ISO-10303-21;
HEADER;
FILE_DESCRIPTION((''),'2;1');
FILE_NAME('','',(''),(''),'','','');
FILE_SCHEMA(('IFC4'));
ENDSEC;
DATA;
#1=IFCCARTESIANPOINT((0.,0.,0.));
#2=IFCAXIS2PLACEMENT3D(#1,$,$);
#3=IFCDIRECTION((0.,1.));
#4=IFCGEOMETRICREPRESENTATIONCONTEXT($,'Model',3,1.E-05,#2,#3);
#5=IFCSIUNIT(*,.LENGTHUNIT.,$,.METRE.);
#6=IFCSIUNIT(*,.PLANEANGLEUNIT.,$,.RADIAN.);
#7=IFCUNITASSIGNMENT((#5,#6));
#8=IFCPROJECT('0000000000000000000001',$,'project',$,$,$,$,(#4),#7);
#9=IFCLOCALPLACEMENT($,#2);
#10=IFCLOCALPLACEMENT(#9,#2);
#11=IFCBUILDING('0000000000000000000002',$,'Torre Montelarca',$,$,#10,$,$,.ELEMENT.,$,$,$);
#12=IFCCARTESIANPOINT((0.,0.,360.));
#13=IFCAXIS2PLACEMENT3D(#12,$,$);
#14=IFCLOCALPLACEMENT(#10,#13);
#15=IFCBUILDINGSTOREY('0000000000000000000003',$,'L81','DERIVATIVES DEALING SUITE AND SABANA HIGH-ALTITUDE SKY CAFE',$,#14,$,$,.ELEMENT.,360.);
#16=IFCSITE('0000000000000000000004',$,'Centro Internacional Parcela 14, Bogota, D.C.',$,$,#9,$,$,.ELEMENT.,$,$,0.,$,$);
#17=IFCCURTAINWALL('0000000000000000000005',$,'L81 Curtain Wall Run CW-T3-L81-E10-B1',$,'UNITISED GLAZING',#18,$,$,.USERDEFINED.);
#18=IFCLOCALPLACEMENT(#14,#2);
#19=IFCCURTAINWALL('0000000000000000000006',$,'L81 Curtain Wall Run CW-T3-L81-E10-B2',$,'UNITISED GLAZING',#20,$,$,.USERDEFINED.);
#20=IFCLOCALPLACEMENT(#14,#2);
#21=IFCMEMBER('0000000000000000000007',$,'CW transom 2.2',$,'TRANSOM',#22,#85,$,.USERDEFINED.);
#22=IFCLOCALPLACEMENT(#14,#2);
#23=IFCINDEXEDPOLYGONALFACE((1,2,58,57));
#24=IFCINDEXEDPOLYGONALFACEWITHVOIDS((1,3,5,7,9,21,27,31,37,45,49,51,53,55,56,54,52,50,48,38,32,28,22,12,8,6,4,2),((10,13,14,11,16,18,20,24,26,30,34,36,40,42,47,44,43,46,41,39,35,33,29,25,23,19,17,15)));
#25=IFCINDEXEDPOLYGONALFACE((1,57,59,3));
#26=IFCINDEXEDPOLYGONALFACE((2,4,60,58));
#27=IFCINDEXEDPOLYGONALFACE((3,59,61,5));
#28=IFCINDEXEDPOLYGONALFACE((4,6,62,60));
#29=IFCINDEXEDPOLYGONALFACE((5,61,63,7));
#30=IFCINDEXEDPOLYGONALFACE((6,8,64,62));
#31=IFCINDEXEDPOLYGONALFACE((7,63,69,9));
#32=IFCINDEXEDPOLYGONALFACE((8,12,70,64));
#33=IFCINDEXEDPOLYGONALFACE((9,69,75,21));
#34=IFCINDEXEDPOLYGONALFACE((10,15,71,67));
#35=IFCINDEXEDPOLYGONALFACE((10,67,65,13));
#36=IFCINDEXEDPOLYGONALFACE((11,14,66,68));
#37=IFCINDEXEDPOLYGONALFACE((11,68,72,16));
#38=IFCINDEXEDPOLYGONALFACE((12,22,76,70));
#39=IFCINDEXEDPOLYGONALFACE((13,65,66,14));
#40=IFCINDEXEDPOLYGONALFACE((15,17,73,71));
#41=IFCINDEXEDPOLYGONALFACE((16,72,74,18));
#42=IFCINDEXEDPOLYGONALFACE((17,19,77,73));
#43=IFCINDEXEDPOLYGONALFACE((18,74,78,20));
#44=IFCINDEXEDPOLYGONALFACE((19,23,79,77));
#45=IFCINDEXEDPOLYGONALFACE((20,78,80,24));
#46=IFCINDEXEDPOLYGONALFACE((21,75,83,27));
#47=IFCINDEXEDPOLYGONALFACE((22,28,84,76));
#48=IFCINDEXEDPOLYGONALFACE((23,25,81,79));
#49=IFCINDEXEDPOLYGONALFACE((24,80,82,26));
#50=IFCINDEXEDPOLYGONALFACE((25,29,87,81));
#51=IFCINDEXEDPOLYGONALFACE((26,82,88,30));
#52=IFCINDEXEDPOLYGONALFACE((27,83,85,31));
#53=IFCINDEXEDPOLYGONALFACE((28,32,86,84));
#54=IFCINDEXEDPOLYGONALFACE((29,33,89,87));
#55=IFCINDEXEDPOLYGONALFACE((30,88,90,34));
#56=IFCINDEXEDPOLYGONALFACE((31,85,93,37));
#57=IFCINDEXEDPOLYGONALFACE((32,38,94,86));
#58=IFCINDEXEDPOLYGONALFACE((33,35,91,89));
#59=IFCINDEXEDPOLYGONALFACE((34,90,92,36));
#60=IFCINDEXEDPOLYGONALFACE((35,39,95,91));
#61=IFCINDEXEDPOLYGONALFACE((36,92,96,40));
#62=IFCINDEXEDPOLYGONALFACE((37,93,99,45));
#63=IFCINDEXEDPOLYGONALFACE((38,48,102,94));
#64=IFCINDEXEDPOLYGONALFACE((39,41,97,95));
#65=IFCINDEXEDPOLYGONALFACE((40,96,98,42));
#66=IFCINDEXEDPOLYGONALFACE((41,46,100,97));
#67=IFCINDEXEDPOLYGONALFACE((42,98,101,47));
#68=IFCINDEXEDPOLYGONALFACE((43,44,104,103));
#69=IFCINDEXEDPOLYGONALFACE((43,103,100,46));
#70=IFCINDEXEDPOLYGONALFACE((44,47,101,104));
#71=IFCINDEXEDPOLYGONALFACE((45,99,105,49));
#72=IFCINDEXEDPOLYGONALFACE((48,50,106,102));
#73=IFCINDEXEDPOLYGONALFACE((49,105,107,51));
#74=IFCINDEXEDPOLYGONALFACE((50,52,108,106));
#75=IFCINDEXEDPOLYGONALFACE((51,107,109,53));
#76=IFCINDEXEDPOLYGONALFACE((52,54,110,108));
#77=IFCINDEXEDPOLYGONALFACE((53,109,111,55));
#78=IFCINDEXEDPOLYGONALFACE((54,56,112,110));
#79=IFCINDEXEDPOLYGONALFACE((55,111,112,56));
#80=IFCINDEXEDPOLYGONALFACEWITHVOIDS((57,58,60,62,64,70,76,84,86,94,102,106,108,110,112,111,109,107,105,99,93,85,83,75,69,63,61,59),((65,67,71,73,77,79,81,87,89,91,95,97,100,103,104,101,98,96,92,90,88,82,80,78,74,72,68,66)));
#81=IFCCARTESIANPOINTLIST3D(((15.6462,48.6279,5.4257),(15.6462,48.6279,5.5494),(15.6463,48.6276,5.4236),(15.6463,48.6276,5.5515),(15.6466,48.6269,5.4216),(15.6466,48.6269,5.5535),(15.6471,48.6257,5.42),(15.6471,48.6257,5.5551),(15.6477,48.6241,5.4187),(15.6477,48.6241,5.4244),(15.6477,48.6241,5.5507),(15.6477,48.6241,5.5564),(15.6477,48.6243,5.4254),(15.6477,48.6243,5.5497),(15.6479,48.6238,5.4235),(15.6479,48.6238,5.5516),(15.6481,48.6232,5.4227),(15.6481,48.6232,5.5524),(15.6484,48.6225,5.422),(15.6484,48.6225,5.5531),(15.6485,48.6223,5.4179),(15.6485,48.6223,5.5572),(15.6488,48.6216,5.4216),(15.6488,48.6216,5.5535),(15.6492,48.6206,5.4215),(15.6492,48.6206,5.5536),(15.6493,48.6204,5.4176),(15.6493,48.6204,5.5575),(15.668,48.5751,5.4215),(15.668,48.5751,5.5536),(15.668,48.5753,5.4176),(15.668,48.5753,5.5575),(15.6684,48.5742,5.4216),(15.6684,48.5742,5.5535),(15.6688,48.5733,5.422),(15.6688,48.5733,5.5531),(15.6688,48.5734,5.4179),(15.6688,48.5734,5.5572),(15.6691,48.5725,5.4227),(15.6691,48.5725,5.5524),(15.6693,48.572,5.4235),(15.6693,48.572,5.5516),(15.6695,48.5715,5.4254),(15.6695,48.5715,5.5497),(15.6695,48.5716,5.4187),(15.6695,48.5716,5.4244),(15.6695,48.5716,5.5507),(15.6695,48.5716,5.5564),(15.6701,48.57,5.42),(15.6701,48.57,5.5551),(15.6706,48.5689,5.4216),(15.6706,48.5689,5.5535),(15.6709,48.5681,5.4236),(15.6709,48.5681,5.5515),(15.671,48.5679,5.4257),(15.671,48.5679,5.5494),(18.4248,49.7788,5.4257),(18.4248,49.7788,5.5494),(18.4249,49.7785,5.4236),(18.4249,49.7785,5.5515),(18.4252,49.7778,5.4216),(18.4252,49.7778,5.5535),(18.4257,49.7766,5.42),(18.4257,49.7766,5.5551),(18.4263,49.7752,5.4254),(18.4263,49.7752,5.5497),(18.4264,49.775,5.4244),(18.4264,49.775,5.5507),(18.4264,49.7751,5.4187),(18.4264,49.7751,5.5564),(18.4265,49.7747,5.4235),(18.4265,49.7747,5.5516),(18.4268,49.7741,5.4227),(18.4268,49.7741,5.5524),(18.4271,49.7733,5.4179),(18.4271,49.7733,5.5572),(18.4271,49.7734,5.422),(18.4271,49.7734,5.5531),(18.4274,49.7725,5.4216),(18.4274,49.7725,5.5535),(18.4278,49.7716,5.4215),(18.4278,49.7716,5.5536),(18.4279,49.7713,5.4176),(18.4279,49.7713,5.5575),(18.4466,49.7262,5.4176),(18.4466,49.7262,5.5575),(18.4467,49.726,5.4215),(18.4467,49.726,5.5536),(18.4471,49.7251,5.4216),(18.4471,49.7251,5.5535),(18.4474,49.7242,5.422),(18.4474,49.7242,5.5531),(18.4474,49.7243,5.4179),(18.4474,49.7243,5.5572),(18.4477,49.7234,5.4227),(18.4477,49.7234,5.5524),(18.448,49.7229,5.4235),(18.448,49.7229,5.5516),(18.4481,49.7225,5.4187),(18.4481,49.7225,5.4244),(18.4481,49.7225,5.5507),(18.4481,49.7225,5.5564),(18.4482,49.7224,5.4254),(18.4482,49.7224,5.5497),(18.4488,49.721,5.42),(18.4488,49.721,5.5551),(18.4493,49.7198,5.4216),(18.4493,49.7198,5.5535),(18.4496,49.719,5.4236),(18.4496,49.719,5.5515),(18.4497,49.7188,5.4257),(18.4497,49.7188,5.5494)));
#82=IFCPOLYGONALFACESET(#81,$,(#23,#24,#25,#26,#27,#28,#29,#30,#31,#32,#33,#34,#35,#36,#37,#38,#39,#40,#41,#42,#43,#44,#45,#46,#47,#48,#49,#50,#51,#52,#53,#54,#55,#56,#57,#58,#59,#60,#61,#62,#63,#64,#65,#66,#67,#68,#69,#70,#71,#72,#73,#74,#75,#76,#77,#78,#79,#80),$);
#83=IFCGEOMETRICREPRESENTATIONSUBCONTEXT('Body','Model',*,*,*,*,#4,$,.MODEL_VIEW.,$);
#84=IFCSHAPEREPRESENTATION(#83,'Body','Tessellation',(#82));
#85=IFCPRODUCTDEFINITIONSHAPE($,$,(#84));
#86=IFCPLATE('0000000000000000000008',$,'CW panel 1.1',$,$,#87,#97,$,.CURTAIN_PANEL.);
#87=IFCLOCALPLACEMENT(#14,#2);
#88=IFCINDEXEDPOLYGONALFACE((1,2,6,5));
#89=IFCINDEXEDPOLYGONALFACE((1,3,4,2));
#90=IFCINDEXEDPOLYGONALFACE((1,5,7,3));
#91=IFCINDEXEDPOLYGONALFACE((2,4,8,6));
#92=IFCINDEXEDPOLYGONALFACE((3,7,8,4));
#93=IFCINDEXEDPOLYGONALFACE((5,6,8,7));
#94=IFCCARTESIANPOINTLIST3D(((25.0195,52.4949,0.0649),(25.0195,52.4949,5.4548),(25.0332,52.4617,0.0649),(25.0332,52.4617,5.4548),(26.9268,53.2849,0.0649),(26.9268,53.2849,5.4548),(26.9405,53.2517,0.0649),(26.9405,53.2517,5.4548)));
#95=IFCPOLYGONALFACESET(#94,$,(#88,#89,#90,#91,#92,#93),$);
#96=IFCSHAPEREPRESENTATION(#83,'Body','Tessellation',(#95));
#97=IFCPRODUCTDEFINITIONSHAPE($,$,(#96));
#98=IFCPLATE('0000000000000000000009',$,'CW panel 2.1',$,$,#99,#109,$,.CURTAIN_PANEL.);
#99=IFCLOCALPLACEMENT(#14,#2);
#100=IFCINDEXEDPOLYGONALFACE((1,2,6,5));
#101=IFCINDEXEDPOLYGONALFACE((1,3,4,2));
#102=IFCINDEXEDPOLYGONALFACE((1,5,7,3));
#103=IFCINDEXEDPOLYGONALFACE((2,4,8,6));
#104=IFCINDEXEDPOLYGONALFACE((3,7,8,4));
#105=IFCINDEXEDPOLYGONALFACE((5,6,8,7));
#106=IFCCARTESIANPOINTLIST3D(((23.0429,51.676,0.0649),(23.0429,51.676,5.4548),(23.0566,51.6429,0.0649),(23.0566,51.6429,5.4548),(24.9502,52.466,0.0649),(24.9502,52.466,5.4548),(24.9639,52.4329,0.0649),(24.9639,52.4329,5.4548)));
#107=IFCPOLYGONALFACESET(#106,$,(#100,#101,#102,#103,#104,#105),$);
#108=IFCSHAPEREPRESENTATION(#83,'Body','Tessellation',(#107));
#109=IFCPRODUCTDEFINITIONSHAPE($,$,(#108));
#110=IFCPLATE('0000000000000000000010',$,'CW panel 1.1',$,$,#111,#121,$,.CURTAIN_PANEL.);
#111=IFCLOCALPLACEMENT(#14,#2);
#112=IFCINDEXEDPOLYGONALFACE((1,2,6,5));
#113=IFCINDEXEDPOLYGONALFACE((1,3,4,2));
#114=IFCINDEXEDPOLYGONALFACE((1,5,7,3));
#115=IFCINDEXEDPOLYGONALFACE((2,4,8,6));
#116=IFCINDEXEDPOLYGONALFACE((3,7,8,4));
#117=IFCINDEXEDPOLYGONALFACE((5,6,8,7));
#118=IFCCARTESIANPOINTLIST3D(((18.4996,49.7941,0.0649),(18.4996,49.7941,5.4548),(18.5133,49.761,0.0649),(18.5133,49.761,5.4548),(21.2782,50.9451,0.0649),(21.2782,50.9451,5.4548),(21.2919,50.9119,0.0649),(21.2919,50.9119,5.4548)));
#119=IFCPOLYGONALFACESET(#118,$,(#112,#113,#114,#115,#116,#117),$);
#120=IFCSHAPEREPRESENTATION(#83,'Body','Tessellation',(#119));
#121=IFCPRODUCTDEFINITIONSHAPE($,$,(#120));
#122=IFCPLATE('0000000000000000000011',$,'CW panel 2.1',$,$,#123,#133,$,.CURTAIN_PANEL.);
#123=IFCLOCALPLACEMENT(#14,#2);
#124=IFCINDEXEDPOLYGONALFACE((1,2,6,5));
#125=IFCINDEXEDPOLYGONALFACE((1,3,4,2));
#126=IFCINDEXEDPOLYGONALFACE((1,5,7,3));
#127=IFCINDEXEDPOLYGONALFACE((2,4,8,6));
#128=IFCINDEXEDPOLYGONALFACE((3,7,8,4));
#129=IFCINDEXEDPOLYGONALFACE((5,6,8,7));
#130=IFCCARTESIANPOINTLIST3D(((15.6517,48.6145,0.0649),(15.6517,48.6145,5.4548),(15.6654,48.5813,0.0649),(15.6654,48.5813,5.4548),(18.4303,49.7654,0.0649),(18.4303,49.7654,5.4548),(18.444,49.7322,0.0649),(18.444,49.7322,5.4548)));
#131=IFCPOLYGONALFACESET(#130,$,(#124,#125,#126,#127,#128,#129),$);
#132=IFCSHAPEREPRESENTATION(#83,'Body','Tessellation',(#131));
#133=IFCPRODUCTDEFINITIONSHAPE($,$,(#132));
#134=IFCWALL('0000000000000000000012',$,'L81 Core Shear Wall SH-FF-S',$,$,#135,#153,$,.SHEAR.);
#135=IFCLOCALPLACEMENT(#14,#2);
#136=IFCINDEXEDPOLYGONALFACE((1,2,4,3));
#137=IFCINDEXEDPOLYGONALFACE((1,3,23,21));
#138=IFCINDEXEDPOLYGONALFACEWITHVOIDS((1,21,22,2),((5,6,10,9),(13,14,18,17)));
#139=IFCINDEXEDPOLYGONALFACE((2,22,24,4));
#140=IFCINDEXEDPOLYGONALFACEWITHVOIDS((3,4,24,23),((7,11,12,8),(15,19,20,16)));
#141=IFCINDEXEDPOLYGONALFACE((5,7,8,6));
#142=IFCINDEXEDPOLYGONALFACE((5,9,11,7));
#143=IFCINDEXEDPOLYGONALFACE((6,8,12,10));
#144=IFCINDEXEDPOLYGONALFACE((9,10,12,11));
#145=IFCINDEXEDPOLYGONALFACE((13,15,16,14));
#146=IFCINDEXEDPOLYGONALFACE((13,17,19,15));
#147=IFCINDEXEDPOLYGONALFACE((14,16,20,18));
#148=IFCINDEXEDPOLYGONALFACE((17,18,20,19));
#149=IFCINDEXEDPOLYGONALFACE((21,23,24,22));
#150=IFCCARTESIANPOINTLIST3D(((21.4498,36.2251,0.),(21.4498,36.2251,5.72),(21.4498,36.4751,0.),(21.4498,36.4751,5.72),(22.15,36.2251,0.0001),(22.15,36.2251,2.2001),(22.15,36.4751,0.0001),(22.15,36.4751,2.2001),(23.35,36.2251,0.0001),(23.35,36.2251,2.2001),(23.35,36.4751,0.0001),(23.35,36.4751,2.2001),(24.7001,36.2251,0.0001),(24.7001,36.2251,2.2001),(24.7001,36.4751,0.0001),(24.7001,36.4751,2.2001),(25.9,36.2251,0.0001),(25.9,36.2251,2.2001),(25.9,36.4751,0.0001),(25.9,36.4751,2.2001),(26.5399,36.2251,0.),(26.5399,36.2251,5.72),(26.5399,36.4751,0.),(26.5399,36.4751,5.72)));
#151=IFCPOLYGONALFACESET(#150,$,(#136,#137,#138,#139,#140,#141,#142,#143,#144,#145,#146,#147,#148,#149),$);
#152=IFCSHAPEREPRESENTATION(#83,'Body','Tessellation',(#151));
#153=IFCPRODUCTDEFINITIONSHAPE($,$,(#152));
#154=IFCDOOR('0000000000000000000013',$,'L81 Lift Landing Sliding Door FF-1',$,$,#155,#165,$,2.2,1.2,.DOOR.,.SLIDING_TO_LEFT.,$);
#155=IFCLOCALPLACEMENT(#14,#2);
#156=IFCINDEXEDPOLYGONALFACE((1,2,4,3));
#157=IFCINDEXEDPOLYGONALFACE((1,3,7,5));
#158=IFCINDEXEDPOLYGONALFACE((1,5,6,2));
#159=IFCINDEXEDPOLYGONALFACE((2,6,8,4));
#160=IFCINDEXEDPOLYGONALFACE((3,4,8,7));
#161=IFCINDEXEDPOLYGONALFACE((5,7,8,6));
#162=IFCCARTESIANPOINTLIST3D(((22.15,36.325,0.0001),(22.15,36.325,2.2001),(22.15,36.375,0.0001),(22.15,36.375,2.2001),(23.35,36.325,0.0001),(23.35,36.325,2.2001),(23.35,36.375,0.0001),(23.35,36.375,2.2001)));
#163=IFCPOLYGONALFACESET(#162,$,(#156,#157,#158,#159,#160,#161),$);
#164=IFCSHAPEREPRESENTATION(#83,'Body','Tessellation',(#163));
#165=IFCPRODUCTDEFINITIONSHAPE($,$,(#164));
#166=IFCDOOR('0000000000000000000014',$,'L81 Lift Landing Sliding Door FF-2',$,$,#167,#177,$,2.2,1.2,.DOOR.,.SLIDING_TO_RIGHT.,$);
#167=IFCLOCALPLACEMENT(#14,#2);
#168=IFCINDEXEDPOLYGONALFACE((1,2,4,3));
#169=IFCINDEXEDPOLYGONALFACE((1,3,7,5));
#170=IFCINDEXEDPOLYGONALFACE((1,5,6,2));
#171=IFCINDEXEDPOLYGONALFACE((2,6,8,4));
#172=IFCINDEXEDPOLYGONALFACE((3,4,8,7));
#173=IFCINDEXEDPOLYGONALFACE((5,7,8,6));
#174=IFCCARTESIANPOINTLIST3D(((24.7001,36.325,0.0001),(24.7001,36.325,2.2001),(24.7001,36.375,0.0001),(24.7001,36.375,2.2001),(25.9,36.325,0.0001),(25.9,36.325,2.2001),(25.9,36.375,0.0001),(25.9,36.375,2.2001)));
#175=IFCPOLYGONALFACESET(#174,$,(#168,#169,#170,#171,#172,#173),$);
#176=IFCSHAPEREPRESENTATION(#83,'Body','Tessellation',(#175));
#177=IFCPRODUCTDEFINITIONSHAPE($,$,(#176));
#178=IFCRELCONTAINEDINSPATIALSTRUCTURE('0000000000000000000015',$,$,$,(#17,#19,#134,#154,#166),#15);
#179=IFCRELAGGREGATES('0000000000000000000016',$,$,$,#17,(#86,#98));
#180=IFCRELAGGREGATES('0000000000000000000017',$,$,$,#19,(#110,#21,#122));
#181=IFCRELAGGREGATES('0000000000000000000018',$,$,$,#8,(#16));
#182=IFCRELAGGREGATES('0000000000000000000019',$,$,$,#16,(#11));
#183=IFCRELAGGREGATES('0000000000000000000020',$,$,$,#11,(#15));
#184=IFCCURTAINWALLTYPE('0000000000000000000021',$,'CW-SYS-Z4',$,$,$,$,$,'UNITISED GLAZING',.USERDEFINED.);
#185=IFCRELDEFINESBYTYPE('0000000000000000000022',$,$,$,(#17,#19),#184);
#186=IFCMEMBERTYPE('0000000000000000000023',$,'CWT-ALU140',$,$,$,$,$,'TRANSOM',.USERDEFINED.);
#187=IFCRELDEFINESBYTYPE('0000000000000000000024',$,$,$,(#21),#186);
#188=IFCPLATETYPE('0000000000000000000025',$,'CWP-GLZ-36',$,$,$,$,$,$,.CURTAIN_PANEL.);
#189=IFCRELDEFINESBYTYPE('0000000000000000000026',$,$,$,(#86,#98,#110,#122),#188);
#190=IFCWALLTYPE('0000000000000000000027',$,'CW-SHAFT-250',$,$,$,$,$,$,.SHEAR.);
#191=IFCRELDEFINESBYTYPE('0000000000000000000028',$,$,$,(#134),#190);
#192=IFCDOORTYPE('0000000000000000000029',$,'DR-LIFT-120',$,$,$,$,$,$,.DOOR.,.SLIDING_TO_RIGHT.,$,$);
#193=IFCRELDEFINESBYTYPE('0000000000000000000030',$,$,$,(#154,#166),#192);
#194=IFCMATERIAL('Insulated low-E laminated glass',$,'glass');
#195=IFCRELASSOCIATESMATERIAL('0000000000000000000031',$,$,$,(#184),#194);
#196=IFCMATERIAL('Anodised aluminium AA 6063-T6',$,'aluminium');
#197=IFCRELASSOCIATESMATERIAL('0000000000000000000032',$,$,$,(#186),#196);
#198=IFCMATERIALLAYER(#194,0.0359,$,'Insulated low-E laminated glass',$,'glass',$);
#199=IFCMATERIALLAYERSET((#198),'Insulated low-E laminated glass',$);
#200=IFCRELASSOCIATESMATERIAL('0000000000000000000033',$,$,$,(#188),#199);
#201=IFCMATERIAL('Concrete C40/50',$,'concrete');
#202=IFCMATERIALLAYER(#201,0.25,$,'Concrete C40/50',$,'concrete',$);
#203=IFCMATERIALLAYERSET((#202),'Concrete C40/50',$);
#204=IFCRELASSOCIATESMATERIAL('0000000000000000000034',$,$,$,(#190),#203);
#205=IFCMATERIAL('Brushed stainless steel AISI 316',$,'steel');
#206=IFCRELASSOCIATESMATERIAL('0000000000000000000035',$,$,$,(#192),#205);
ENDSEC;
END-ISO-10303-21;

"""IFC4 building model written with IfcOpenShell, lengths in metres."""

from ifc_helpers import new_model, si_unit, direction, frame, frame_2d, origin, origin_2d, place, context, subcontext, project, spatial, rectangle, hollow_rectangle, extrude, source, transform, mapped, material, layer, layer_set, material_profile, profile_set, type_object, element, fill, aggregate, save


model = new_model("IFC4")

# Units and contexts
model_context = context("Model", 3, precision=1e-05, world=origin(), true_north=direction((0.0, 1.0)))
body_context = subcontext(model_context, "Body", "Model", "MODEL_VIEW")
ifc_project = project(units=[si_unit("LENGTHUNIT", "METRE"), si_unit("PLANEANGLEUNIT", "RADIAN")], contexts=[model_context])

# Site, building, storey
site_placement = place(None, origin())
site = spatial("IfcSite", under=ifc_project, at=site_placement, Name="Centro Internacional Parcela 14, Bogota, D.C.", CompositionType="ELEMENT", RefElevation=0.0)
building_placement = place(site_placement, origin())
building = spatial("IfcBuilding", under=site, at=building_placement, Name="Torre Montelarca", CompositionType="ELEMENT")
storey_placement = place(building_placement, frame((0.0, 0.0, 360.0)))
storey = spatial("IfcBuildingStorey", under=building, at=storey_placement, Name="L81", Description="DERIVATIVES DEALING SUITE AND SABANA HIGH-ALTITUDE SKY CAFE", CompositionType="ELEMENT", Elevation=360.0)

# Shared definitions
ifc_material_1 = material(Name="Concrete C40/50", Category="concrete")

# Curtain walls
ifc_material_2 = material(Name="Insulated low-E laminated glass", Category="glass")
curtain_wall_type = type_object("IfcCurtainWallType", Name="CW-SYS-Z4", ElementType="UNITISED GLAZING", PredefinedType="USERDEFINED", material=ifc_material_2)
curtain_wall_1_placement = place(storey_placement, origin())
curtain_wall_1 = element("IfcCurtainWall", 1, at=curtain_wall_1_placement, inside=storey, type_object=curtain_wall_type, Name="L81 Curtain Wall Run CW-T3-L81-E10-B1", ObjectType="UNITISED GLAZING", PredefinedType="USERDEFINED")
ifc_material_3 = material(Name="Anodised aluminium AA 6063-T6", Category="aluminium")
curtain_wall_2_placement = place(storey_placement, origin())
curtain_wall_2 = element("IfcCurtainWall", 2, at=curtain_wall_2_placement, inside=storey, type_object=curtain_wall_type, Name="L81 Curtain Wall Run CW-T3-L81-E10-B2", ObjectType="UNITISED GLAZING", PredefinedType="USERDEFINED")

# Member
ifc_material_profile_1 = material_profile(ifc_material_3, hollow_rectangle(XDim=0.0649, YDim=0.1399, WallThickness=0.0039, InnerFilletRadius=0.0039, OuterFilletRadius=0.0081, at=origin_2d()), Name="ALU65X140X4", Category="aluminium")
ifc_profile_set_1 = profile_set([ifc_material_profile_1], Name="Anodised aluminium AA 6063-T6")
member_type_1 = type_object("IfcMemberType", Name="CWT-ALU140", ElementType="TRANSOM", PredefinedType="USERDEFINED", material=ifc_profile_set_1)
shared_shape_1 = source(origin(), body_context, "Body", "SweptSolid", [
    extrude(hollow_rectangle(XDim=0.0649, YDim=0.1399, WallThickness=0.0039, InnerFilletRadius=0.0039, OuterFilletRadius=0.0081, at=origin_2d()), origin(), (0.0, 0.0, 1.0), 3.0076),
])
member_1_placement = place(storey_placement, frame((18.4373, 49.7488, 5.4875), z_axis=(-0.923884, -0.382672, 0.0), x_axis=(0.382672, -0.923884, 0.0)))
member_1 = element("IfcMember", 3, at=member_1_placement, type_object=member_type_1, Name="CW transom 2.2", ObjectType="TRANSOM", PredefinedType="USERDEFINED", context=body_context, shape_type="MappedRepresentation", body=[
    mapped(shared_shape_1, transform((0.0, 0.0, 0.0), scale=1.0)),
])

# Plates
ifc_layer_1 = layer(ifc_material_2, 0.0359, Name="Insulated low-E laminated glass", Category="glass")
ifc_layer_set_1 = layer_set([ifc_layer_1], Name="Insulated low-E laminated glass")
plate_type = type_object("IfcPlateType", Name="CWP-GLZ-36", PredefinedType="CURTAIN_PANEL", material=ifc_layer_set_1)
shared_shape_2 = source(origin(), body_context, "Body", "SweptSolid", [
    extrude(rectangle(XDim=2.0645, YDim=0.0359, at=origin_2d()), origin(), (0.0, 0.0, 1.0), 5.3899),
])
plate_1_placement = place(storey_placement, frame((25.98, 52.8733, 0.0649), z_axis=(0.0, 0.0, 1.0), x_axis=(-0.923884, -0.382672, 0.0)))
plate_1 = element("IfcPlate", 4, at=plate_1_placement, type_object=plate_type, Name="CW panel 1.1", PredefinedType="CURTAIN_PANEL", context=body_context, shape_type="MappedRepresentation", body=[
    mapped(shared_shape_2, transform((0.0, 0.0, 0.0), scale=1.0)),
])
plate_2_placement = place(storey_placement, frame((24.0034, 52.0544, 0.0649), z_axis=(0.0, 0.0, 1.0), x_axis=(-0.923884, -0.382672, 0.0)))
plate_2 = element("IfcPlate", 5, at=plate_2_placement, type_object=plate_type, Name="CW panel 2.1", PredefinedType="CURTAIN_PANEL", context=body_context, shape_type="MappedRepresentation", body=[
    mapped(shared_shape_2, transform((0.0, 0.0, 0.0), scale=1.0)),
])
aggregate(curtain_wall_1, [plate_1, plate_2])
shared_shape_3 = source(origin(), body_context, "Body", "SweptSolid", [
    extrude(rectangle(XDim=3.0076, YDim=0.0359, at=origin_2d()), origin(), (0.0, 0.0, 1.0), 5.3899),
])
plate_3_placement = place(storey_placement, frame((19.8958, 50.353, 0.0649), z_axis=(0.0, 0.0, 1.0), x_axis=(-0.923882, -0.382678, 0.0)))
plate_3 = element("IfcPlate", 6, at=plate_3_placement, type_object=plate_type, Name="CW panel 1.1", PredefinedType="CURTAIN_PANEL", context=body_context, shape_type="MappedRepresentation", body=[
    mapped(shared_shape_3, transform((0.0, 0.0, 0.0), scale=1.0)),
])
plate_4_placement = place(storey_placement, frame((17.0479, 49.1733, 0.0649), z_axis=(0.0, 0.0, 1.0), x_axis=(-0.923882, -0.382678, 0.0)))
plate_4 = element("IfcPlate", 7, at=plate_4_placement, type_object=plate_type, Name="CW panel 2.1", PredefinedType="CURTAIN_PANEL", context=body_context, shape_type="MappedRepresentation", body=[
    mapped(shared_shape_3, transform((0.0, 0.0, 0.0), scale=1.0)),
])
aggregate(curtain_wall_2, [plate_3, member_1, plate_4])

# Wall, openings, doors
ifc_layer_2 = layer(ifc_material_1, 0.25, Name="Concrete C40/50", Category="concrete")
ifc_layer_set_2 = layer_set([ifc_layer_2], Name="Concrete C40/50")
wall_type_1 = type_object("IfcWallType", Name="CW-SHAFT-250", PredefinedType="SHEAR", material=ifc_layer_set_2)
wall_1_placement = place(storey_placement, frame((21.45, 36.3501, 0.0), z_axis=(0.0, 0.0, 1.0), x_axis=(1.0, 0.0, 0.0)))
wall_1 = element("IfcWall", 8, at=wall_1_placement, inside=storey, type_object=wall_type_1, Name="L81 Core Shear Wall SH-FF-S", PredefinedType="SHEAR", context=body_context, shape_type="SweptSolid", body=[
    extrude(rectangle(XDim=5.0901, YDim=0.25, at=frame_2d((2.5449, 0.0))), origin(), (0.0, 0.0, 1.0), 5.72),
])
opening_1_placement = place(wall_1_placement, frame((0.7, 0.0, 0.0)))
opening_1 = element("IfcOpeningElement", 9, at=opening_1_placement, cuts=wall_1, PredefinedType="OPENING", context=body_context, shape_type="SweptSolid", body=[
    extrude(rectangle(XDim=1.2, YDim=2.2, at=frame_2d((0.6001, 1.1001))), frame((0.0, 0.135, 0.0), z_axis=(0.0, -1.0, 0.0), x_axis=(1.0, 0.0, 0.0)), (0.0, 0.0, 1.0), 0.27),
])
opening_2_placement = place(wall_1_placement, frame((3.25, 0.0, 0.0)))
opening_2 = element("IfcOpeningElement", 10, at=opening_2_placement, cuts=wall_1, PredefinedType="OPENING", context=body_context, shape_type="SweptSolid", body=[
    extrude(rectangle(XDim=1.2, YDim=2.2, at=frame_2d((0.6001, 1.1001))), frame((0.0, 0.135, 0.0), z_axis=(0.0, -1.0, 0.0), x_axis=(1.0, 0.0, 0.0)), (0.0, 0.0, 1.0), 0.27),
])
ifc_material_4 = material(Name="Brushed stainless steel AISI 316", Category="steel")
door_type_1 = type_object("IfcDoorType", Name="DR-LIFT-120", OperationType="SLIDING_TO_RIGHT", PredefinedType="DOOR", material=ifc_material_4)
shared_shape_4 = source(origin(), body_context, "Body", "SweptSolid", [
    extrude(rectangle(XDim=1.2, YDim=2.2, at=frame_2d((0.6001, 1.1001))), frame((0.0, 0.0249, 0.0), z_axis=(0.0, -1.0, 0.0), x_axis=(1.0, 0.0, 0.0)), (0.0, 0.0, 1.0), 0.05),
])
door_1_placement = place(opening_1_placement, origin())
door_1 = element("IfcDoor", 11, at=door_1_placement, inside=storey, type_object=door_type_1, Name="L81 Lift Landing Sliding Door FF-1", OperationType="SLIDING_TO_LEFT", OverallHeight=2.2, OverallWidth=1.2, PredefinedType="DOOR", context=body_context, shape_type="MappedRepresentation", body=[
    mapped(shared_shape_4, transform((0.0, 0.0, 0.0), scale=1.0)),
])
fill(opening_1, door_1)
door_2_placement = place(opening_2_placement, origin())
door_2 = element("IfcDoor", 12, at=door_2_placement, inside=storey, type_object=door_type_1, Name="L81 Lift Landing Sliding Door FF-2", OperationType="SLIDING_TO_RIGHT", OverallHeight=2.2, OverallWidth=1.2, PredefinedType="DOOR", context=body_context, shape_type="MappedRepresentation", body=[
    mapped(shared_shape_4, transform((0.0, 0.0, 0.0), scale=1.0)),
])
fill(opening_2, door_2)

save(model, "model.ifc")
